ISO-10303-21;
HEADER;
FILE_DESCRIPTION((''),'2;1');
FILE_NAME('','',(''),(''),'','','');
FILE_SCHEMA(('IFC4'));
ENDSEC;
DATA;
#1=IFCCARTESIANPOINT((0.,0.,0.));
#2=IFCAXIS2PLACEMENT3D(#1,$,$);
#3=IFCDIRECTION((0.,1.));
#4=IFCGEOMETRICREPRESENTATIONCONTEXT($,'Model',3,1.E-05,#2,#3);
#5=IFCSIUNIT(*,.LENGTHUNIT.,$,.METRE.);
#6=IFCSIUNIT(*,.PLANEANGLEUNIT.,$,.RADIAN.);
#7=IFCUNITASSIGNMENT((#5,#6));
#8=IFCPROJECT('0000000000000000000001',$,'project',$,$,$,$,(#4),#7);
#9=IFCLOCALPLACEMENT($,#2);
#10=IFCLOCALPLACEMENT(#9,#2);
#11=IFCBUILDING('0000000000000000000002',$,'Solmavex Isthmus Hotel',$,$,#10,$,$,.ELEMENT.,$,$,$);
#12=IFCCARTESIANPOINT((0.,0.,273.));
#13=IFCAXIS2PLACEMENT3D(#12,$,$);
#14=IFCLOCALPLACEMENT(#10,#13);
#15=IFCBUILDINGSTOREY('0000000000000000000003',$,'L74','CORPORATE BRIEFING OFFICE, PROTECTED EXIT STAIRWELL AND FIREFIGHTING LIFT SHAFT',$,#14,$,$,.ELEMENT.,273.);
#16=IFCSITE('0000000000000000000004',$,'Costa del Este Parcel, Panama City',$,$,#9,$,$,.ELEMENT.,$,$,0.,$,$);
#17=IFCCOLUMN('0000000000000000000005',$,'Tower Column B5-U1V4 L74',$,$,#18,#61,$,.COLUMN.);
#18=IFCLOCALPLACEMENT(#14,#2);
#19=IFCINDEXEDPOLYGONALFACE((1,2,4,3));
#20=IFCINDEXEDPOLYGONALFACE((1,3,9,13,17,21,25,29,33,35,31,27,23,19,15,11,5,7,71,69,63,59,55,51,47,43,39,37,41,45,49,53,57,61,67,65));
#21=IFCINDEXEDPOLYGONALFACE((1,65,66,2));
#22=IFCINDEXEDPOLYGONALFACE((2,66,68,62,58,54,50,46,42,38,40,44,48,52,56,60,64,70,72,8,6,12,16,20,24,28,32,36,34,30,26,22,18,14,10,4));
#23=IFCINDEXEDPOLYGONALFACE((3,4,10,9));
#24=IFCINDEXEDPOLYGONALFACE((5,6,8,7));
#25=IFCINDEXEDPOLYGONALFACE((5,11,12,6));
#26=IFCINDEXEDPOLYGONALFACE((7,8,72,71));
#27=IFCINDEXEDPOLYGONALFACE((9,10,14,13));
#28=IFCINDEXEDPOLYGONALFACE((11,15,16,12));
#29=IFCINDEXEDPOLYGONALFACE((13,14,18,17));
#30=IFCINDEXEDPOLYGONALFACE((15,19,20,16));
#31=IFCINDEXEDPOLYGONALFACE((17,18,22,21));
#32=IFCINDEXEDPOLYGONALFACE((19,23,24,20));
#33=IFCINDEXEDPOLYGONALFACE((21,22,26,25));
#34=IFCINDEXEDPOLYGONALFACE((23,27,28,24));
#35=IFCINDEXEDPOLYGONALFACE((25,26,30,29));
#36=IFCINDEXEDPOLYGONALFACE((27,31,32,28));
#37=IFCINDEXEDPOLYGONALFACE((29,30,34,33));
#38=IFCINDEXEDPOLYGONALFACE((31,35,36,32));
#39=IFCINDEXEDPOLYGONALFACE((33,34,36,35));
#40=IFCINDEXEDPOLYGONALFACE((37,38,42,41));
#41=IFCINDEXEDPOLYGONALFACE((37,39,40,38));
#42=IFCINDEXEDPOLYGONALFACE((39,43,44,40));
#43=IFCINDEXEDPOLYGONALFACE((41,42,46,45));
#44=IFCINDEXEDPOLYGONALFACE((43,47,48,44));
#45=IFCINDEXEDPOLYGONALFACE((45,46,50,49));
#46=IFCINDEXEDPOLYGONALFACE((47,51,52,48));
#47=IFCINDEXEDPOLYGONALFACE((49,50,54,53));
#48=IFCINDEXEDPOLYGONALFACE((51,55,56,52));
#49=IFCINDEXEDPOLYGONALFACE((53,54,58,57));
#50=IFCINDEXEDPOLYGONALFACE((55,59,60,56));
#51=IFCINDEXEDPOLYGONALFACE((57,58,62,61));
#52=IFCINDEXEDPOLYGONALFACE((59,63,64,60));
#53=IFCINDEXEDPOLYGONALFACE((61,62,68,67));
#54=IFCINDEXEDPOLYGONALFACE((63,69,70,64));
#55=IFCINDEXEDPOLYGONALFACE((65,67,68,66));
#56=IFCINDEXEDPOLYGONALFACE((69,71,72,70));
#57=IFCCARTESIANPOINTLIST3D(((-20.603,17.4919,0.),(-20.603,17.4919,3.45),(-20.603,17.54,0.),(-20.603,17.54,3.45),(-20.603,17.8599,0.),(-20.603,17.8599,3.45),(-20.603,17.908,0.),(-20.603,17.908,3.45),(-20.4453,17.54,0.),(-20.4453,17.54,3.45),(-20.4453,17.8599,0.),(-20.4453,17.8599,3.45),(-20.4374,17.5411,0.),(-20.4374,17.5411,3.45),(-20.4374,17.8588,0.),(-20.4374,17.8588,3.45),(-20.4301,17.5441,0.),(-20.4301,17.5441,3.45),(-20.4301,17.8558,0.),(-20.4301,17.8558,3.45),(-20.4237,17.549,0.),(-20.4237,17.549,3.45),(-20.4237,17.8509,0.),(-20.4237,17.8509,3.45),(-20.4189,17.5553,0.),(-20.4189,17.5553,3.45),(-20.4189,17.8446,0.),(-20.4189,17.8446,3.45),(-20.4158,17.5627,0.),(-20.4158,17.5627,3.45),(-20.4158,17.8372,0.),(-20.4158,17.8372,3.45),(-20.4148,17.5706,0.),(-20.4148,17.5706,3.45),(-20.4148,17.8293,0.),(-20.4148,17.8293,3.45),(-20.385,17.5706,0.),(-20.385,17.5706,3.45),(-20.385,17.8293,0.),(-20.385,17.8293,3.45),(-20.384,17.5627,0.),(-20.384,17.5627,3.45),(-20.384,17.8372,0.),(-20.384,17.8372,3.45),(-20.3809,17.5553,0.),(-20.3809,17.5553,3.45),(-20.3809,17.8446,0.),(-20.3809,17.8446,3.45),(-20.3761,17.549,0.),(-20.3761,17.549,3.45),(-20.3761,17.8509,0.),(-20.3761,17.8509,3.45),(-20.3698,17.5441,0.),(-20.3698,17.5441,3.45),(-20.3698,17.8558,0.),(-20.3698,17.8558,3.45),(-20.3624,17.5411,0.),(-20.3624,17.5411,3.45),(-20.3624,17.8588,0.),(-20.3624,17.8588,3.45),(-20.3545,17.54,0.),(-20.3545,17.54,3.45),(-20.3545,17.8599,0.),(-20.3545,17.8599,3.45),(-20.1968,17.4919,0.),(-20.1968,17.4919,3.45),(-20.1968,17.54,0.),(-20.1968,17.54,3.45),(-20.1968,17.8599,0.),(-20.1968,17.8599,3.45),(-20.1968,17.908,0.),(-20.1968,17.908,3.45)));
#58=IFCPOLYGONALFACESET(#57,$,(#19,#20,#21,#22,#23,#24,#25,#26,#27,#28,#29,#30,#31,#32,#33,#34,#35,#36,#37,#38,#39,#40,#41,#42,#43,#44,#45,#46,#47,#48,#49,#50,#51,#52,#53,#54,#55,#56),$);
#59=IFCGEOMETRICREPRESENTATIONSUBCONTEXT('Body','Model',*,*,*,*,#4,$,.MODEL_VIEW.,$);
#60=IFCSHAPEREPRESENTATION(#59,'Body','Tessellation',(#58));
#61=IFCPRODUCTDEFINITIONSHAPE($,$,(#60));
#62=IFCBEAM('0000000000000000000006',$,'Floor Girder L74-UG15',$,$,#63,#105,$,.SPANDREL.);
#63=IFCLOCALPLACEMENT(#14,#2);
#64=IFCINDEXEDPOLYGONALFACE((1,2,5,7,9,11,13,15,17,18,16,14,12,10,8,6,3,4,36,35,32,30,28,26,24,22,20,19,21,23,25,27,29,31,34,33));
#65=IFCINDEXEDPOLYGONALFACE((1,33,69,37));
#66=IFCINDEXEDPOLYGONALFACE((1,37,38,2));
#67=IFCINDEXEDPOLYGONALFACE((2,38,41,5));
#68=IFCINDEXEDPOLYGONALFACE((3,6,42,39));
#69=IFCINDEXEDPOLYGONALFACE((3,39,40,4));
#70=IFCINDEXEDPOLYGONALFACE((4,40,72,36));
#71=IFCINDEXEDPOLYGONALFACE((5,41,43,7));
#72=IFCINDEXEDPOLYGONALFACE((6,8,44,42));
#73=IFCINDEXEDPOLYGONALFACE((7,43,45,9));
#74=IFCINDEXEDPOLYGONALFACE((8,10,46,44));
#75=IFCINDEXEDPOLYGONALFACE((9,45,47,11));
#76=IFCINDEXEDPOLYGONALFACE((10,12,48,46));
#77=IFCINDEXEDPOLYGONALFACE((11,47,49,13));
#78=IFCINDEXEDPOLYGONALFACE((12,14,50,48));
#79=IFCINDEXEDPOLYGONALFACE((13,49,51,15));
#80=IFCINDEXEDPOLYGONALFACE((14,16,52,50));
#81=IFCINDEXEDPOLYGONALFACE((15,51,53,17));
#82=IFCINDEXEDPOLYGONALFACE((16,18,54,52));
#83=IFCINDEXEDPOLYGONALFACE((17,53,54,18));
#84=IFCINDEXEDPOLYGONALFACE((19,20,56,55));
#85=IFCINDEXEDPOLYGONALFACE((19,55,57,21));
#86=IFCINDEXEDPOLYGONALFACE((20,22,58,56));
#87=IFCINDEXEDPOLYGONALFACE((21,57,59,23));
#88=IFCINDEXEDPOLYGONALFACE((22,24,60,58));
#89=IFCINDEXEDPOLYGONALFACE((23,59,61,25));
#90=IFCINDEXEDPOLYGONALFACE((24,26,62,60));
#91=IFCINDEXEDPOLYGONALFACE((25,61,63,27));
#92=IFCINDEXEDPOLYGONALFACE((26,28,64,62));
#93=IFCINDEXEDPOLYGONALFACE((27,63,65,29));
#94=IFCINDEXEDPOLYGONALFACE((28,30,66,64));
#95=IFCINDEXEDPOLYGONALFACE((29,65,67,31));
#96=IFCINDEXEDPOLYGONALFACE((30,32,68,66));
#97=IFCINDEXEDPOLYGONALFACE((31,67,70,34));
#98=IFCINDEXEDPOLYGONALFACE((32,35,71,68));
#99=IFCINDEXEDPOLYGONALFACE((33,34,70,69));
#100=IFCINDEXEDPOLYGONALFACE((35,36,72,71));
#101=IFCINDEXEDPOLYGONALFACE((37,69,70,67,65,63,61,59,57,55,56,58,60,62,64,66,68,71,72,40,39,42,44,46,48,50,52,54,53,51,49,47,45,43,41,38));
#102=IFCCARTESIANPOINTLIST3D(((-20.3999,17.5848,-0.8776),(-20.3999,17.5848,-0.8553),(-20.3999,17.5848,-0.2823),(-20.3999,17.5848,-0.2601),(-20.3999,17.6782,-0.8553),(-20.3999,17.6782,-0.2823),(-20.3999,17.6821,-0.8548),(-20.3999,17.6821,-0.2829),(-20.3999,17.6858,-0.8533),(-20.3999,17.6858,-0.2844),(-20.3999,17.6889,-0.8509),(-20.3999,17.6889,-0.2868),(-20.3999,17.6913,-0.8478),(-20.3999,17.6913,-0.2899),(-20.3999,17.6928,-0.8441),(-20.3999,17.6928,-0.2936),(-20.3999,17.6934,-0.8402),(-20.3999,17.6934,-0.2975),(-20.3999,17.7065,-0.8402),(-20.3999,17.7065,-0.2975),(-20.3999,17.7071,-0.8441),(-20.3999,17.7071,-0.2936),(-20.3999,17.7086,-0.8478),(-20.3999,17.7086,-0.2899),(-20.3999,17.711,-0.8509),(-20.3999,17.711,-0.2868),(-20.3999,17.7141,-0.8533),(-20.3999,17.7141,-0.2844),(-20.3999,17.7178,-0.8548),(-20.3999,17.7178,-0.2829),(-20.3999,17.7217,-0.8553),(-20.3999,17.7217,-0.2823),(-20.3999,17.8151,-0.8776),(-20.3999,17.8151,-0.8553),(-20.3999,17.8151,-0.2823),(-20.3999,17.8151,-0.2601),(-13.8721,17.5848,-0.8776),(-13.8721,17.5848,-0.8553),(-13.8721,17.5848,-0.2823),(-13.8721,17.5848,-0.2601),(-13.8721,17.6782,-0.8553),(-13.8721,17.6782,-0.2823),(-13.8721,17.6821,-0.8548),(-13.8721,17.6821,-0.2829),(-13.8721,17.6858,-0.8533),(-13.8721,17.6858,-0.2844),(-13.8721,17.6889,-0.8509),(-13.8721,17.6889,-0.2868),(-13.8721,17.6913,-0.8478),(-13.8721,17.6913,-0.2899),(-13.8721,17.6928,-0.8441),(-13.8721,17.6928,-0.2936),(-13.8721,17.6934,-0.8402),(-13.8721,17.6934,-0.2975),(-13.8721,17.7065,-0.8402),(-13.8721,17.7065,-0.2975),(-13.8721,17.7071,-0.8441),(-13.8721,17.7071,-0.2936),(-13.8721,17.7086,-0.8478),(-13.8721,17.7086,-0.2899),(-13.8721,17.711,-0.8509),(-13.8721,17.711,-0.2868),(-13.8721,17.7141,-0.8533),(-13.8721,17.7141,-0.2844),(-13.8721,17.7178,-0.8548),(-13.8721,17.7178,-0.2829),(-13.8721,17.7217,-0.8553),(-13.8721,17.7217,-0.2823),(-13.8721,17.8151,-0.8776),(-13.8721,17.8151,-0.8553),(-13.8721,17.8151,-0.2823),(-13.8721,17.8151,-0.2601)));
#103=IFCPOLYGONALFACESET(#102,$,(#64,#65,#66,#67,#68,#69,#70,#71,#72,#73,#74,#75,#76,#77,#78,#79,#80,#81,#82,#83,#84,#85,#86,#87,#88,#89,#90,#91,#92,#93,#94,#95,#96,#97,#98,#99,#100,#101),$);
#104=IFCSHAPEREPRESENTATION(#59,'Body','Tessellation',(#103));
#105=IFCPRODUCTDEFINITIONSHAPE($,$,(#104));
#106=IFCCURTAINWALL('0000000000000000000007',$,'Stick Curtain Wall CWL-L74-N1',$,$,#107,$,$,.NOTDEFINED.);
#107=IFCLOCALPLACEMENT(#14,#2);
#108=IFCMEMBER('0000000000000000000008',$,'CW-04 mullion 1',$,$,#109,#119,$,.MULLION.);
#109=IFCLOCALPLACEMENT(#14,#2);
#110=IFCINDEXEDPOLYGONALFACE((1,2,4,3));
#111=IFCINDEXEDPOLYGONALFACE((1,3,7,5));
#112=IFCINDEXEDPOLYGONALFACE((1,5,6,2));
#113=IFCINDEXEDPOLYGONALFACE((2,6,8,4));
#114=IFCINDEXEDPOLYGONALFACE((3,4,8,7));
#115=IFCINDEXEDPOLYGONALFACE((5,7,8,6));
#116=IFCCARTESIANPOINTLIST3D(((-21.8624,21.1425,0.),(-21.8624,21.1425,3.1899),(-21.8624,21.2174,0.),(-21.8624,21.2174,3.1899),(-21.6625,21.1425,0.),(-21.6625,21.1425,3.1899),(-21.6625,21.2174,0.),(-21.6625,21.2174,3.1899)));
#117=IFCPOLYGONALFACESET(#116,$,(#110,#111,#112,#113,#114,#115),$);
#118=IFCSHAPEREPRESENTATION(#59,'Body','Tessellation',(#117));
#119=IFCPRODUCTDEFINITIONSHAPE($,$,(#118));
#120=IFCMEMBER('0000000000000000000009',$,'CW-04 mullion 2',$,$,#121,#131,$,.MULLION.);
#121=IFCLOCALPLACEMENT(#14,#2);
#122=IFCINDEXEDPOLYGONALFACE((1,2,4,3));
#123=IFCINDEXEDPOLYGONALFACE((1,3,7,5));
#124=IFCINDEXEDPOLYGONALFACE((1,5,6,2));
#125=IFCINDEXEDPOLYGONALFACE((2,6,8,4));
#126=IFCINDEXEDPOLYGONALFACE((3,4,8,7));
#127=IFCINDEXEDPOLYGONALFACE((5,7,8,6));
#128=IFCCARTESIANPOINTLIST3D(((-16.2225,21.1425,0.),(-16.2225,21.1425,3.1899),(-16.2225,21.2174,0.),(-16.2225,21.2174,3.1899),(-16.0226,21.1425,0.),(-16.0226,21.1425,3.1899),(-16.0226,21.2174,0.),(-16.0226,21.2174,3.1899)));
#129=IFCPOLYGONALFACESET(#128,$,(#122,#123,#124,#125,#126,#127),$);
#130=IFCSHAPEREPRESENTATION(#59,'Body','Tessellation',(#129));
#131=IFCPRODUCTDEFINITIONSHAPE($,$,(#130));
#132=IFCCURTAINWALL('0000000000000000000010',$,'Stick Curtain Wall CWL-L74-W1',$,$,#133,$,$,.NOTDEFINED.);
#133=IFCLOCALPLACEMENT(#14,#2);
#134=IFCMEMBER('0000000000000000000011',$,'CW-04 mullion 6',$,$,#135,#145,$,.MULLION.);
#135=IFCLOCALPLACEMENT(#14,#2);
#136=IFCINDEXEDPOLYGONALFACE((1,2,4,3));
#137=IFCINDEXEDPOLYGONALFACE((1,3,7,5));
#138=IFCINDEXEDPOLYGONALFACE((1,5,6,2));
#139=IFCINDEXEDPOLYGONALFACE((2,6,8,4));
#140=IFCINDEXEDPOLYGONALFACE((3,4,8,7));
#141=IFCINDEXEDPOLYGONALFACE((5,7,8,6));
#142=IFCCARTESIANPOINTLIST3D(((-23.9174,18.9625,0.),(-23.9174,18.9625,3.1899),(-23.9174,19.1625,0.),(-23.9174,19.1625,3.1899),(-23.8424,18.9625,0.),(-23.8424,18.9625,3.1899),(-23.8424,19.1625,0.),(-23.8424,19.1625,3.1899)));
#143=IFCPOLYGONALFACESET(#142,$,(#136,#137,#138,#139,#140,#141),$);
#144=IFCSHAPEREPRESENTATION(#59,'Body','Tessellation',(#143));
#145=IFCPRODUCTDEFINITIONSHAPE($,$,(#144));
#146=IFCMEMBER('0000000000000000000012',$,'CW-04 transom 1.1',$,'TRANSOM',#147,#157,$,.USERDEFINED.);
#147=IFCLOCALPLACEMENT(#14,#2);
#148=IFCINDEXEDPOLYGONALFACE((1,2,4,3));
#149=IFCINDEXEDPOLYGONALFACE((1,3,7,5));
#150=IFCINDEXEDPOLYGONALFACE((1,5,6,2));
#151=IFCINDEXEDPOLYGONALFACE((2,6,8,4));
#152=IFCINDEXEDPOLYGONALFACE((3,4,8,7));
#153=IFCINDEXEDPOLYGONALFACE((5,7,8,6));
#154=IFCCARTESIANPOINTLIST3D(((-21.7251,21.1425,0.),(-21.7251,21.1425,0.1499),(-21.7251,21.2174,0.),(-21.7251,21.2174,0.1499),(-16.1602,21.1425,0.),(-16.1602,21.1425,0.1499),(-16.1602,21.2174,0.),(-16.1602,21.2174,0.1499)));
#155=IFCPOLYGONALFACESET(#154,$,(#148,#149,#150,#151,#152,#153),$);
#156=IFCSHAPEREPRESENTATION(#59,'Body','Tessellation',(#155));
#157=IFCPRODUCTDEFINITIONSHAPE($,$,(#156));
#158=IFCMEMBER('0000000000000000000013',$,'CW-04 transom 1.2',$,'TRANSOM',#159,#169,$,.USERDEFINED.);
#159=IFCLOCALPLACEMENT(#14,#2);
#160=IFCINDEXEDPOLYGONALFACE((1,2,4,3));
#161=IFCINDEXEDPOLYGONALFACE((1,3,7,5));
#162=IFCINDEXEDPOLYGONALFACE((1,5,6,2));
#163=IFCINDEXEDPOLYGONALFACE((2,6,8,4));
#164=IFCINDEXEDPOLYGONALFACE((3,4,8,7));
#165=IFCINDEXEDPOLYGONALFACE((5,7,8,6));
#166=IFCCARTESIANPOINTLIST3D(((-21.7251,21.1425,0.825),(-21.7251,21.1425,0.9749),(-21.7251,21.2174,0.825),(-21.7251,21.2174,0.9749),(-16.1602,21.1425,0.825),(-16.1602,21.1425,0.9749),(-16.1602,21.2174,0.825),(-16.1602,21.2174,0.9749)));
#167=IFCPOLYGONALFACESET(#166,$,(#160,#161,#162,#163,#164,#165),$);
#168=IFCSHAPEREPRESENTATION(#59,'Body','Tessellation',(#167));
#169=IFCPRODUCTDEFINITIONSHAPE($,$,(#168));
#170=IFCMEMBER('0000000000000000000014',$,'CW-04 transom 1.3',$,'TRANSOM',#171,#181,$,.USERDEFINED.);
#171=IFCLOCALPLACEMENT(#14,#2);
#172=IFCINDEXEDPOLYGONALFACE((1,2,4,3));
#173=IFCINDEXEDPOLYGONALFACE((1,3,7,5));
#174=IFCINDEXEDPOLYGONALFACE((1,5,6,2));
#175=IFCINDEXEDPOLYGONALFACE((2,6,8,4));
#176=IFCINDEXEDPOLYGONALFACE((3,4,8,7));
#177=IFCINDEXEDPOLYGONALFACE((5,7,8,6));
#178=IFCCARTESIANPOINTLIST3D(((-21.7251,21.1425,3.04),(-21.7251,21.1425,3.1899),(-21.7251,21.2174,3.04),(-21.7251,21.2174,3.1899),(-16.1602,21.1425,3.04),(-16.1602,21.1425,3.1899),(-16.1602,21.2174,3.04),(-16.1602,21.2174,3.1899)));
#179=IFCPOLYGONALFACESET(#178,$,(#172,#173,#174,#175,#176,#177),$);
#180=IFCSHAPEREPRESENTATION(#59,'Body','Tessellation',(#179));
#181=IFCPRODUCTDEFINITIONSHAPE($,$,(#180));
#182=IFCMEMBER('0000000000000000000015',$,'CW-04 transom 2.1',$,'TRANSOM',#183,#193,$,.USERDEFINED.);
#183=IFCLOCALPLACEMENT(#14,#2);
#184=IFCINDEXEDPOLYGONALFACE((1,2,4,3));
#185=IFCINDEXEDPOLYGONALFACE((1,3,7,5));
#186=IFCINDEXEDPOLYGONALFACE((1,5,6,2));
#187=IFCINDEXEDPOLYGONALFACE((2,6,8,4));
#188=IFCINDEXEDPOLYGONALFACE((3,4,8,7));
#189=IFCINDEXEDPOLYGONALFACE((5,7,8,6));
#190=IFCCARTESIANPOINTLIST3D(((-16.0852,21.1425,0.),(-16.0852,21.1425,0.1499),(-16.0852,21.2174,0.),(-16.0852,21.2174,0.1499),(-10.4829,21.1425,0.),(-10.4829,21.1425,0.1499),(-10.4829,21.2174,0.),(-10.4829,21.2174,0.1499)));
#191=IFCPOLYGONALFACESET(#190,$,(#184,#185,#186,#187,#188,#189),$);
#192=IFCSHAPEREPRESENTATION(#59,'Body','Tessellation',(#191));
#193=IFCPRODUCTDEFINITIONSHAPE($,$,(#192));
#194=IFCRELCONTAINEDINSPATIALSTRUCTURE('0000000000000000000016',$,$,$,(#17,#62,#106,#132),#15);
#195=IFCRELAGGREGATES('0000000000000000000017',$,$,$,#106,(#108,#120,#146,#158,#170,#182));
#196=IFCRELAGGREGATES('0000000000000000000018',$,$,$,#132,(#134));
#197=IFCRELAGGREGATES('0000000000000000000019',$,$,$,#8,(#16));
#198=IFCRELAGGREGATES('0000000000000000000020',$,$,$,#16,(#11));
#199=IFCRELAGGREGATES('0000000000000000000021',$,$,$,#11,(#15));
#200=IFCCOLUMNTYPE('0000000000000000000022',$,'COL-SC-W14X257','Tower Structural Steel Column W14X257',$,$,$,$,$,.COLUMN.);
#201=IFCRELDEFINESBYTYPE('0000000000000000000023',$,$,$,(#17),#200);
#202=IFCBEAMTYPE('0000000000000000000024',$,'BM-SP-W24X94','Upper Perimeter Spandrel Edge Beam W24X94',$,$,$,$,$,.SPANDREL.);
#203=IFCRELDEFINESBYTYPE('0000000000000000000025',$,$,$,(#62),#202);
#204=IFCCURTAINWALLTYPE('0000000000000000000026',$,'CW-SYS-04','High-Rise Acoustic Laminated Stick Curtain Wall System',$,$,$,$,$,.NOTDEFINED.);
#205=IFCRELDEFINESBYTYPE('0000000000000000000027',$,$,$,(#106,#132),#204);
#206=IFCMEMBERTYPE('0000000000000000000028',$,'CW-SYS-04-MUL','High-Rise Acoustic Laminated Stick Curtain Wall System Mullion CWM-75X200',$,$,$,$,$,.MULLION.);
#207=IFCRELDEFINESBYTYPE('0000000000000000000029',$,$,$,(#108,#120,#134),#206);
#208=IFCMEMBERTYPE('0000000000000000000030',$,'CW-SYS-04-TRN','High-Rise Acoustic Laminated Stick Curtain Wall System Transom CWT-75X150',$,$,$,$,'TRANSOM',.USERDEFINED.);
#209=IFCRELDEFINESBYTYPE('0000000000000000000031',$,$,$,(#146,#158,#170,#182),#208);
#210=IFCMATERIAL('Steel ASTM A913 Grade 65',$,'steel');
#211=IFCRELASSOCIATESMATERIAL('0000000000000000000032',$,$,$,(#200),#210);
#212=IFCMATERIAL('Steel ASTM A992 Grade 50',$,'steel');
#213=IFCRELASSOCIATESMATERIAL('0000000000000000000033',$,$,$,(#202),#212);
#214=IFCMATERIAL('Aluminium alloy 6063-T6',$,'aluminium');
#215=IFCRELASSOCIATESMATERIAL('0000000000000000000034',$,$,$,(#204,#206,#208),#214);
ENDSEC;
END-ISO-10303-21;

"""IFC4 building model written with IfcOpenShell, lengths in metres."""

from ifc_helpers import new_model, si_unit, direction, frame, origin, origin_2d, place, context, subcontext, project, spatial, rectangle, i_section, extrude, material, material_profile, profile_set, type_object, element, aggregate, save


model = new_model("IFC4")

# Units and contexts
model_context = context("Model", 3, precision=1e-05, world=origin(), true_north=direction((0.0, 1.0)))
body_context = subcontext(model_context, "Body", "Model", "MODEL_VIEW")
ifc_project = project(units=[si_unit("LENGTHUNIT", "METRE"), si_unit("PLANEANGLEUNIT", "RADIAN")], contexts=[model_context])

# Site, building, storey
site_placement = place(None, origin())
site = spatial("IfcSite", under=ifc_project, at=site_placement, Name="Costa del Este Parcel, Panama City", CompositionType="ELEMENT", RefElevation=0.0)
building_placement = place(site_placement, origin())
building = spatial("IfcBuilding", under=site, at=building_placement, Name="Solmavex Isthmus Hotel", CompositionType="ELEMENT")
storey_placement = place(building_placement, frame((0.0, 0.0, 273.0)))
storey = spatial("IfcBuildingStorey", under=building, at=storey_placement, Name="L74", Description="CORPORATE BRIEFING OFFICE, PROTECTED EXIT STAIRWELL AND FIREFIGHTING LIFT SHAFT", CompositionType="ELEMENT", Elevation=273.0)

# Column
ifc_material_1 = material(Name="Steel ASTM A913 Grade 65", Category="steel")
ifc_material_profile_1 = material_profile(ifc_material_1, i_section(OverallWidth=0.4062, OverallDepth=0.416, WebThickness=0.0298, FlangeThickness=0.0481, FilletRadius=0.0305, at=origin_2d()), Name="W14X257")
ifc_profile_set_1 = profile_set([ifc_material_profile_1], Name="Steel ASTM A913 Grade 65")
column_type = type_object("IfcColumnType", Name="COL-SC-W14X257", Description="Tower Structural Steel Column W14X257", PredefinedType="COLUMN", material=ifc_profile_set_1)
column_placement = place(storey_placement, frame((-20.3999, 17.7, 0.0), z_axis=(0.0, 0.0, 1.0), x_axis=(1.0, 0.0, 0.0)))
element("IfcColumn", 1, at=column_placement, inside=storey, type_object=column_type, Name="Tower Column B5-U1V4 L74", PredefinedType="COLUMN", context=body_context, shape_type="SweptSolid", body=[
    extrude(i_section(OverallWidth=0.4062, OverallDepth=0.416, WebThickness=0.0298, FlangeThickness=0.0481, FilletRadius=0.0305, at=origin_2d()), origin(), (0.0, 0.0, 1.0), 3.45),
])

# Beam
ifc_material_2 = material(Name="Steel ASTM A992 Grade 50", Category="steel")
ifc_material_profile_2 = material_profile(ifc_material_2, i_section(OverallWidth=0.2302, OverallDepth=0.6174, WebThickness=0.0132, FlangeThickness=0.0222, FilletRadius=0.0151, at=origin_2d()), Name="W24X94")
ifc_profile_set_2 = profile_set([ifc_material_profile_2], Name="Steel ASTM A992 Grade 50")
beam_type = type_object("IfcBeamType", Name="BM-SP-W24X94", Description="Upper Perimeter Spandrel Edge Beam W24X94", PredefinedType="SPANDREL", material=ifc_profile_set_2)
beam_placement = place(storey_placement, frame((-20.3999, 17.7, -0.5688), z_axis=(1.0, 0.0, 0.0), x_axis=(0.0, 1.0, 0.0)))
element("IfcBeam", 2, at=beam_placement, inside=storey, type_object=beam_type, Name="Floor Girder L74-UG15", PredefinedType="SPANDREL", context=body_context, shape_type="SweptSolid", body=[
    extrude(i_section(OverallWidth=0.2302, OverallDepth=0.6174, WebThickness=0.0132, FlangeThickness=0.0222, FilletRadius=0.0151, at=origin_2d()), origin(), (0.0, 0.0, 1.0), 6.5278),
])

# Curtain wall, members
ifc_material_3 = material(Name="Aluminium alloy 6063-T6", Category="aluminium")
curtain_wall_type = type_object("IfcCurtainWallType", Name="CW-SYS-04", Description="High-Rise Acoustic Laminated Stick Curtain Wall System", PredefinedType="NOTDEFINED", material=ifc_material_3)
curtain_wall_1_placement = place(storey_placement, origin())
curtain_wall_1 = element("IfcCurtainWall", 3, at=curtain_wall_1_placement, inside=storey, type_object=curtain_wall_type, Name="Stick Curtain Wall CWL-L74-N1", PredefinedType="NOTDEFINED")
ifc_material_profile_3 = material_profile(ifc_material_3, rectangle(XDim=0.075, YDim=0.2, at=origin_2d()), Name="CWM-75X200")
ifc_profile_set_3 = profile_set([ifc_material_profile_3], Name="Aluminium alloy 6063-T6")
member_type_1 = type_object("IfcMemberType", Name="CW-SYS-04-MUL", Description="High-Rise Acoustic Laminated Stick Curtain Wall System Mullion CWM-75X200", PredefinedType="MULLION", material=ifc_profile_set_3)
member_1_placement = place(storey_placement, frame((-21.7625, 21.1799, 0.0), z_axis=(0.0, 0.0, 1.0), x_axis=(0.0, 1.0, 0.0)))
member_1 = element("IfcMember", 4, at=member_1_placement, type_object=member_type_1, Name="CW-04 mullion 1", PredefinedType="MULLION", context=body_context, shape_type="SweptSolid", body=[
    extrude(rectangle(XDim=0.075, YDim=0.2, at=origin_2d()), origin(), (0.0, 0.0, 1.0), 3.1899),
])
member_2_placement = place(storey_placement, frame((-16.1226, 21.1799, 0.0), z_axis=(0.0, 0.0, 1.0), x_axis=(0.0, 1.0, 0.0)))
member_2 = element("IfcMember", 5, at=member_2_placement, type_object=member_type_1, Name="CW-04 mullion 2", PredefinedType="MULLION", context=body_context, shape_type="SweptSolid", body=[
    extrude(rectangle(XDim=0.075, YDim=0.2, at=origin_2d()), origin(), (0.0, 0.0, 1.0), 3.1899),
])

# Curtain wall, member
curtain_wall_2_placement = place(storey_placement, origin())
curtain_wall_2 = element("IfcCurtainWall", 6, at=curtain_wall_2_placement, inside=storey, type_object=curtain_wall_type, Name="Stick Curtain Wall CWL-L74-W1", PredefinedType="NOTDEFINED")
member_3_placement = place(storey_placement, frame((-23.8799, 19.0625, 0.0), z_axis=(0.0, 0.0, 1.0), x_axis=(-1.0, 0.0, 0.0)))
member_3 = element("IfcMember", 7, at=member_3_placement, type_object=member_type_1, Name="CW-04 mullion 6", PredefinedType="MULLION", context=body_context, shape_type="SweptSolid", body=[
    extrude(rectangle(XDim=0.075, YDim=0.2, at=origin_2d()), origin(), (0.0, 0.0, 1.0), 3.1899),
])

# Members
ifc_material_profile_4 = material_profile(ifc_material_3, rectangle(XDim=0.075, YDim=0.1499, at=origin_2d()), Name="CWT-75X150")
ifc_profile_set_4 = profile_set([ifc_material_profile_4], Name="Aluminium alloy 6063-T6")
member_type_2 = type_object("IfcMemberType", Name="CW-SYS-04-TRN", Description="High-Rise Acoustic Laminated Stick Curtain Wall System Transom CWT-75X150", ElementType="TRANSOM", PredefinedType="USERDEFINED", material=ifc_profile_set_4)
member_4_placement = place(storey_placement, frame((-21.7251, 21.1799, 0.075), z_axis=(1.0, 0.0, 0.0), x_axis=(0.0, 1.0, 0.0)))
member_4 = element("IfcMember", 8, at=member_4_placement, type_object=member_type_2, Name="CW-04 transom 1.1", ObjectType="TRANSOM", PredefinedType="USERDEFINED", context=body_context, shape_type="SweptSolid", body=[
    extrude(rectangle(XDim=0.075, YDim=0.1499, at=origin_2d()), origin(), (0.0, 0.0, 1.0), 5.5649),
])
member_5_placement = place(storey_placement, frame((-21.7251, 21.1799, 0.8999), z_axis=(1.0, 0.0, 0.0), x_axis=(0.0, 1.0, 0.0)))
member_5 = element("IfcMember", 9, at=member_5_placement, type_object=member_type_2, Name="CW-04 transom 1.2", ObjectType="TRANSOM", PredefinedType="USERDEFINED", context=body_context, shape_type="SweptSolid", body=[
    extrude(rectangle(XDim=0.075, YDim=0.1499, at=origin_2d()), origin(), (0.0, 0.0, 1.0), 5.5649),
])
member_6_placement = place(storey_placement, frame((-21.7251, 21.1799, 3.115), z_axis=(1.0, 0.0, 0.0), x_axis=(0.0, 1.0, 0.0)))
member_6 = element("IfcMember", 10, at=member_6_placement, type_object=member_type_2, Name="CW-04 transom 1.3", ObjectType="TRANSOM", PredefinedType="USERDEFINED", context=body_context, shape_type="SweptSolid", body=[
    extrude(rectangle(XDim=0.075, YDim=0.1499, at=origin_2d()), origin(), (0.0, 0.0, 1.0), 5.5649),
])
member_7_placement = place(storey_placement, frame((-16.0852, 21.1799, 0.075), z_axis=(1.0, 0.0, 0.0), x_axis=(0.0, 1.0, 0.0)))
member_7 = element("IfcMember", 11, at=member_7_placement, type_object=member_type_2, Name="CW-04 transom 2.1", ObjectType="TRANSOM", PredefinedType="USERDEFINED", context=body_context, shape_type="SweptSolid", body=[
    extrude(rectangle(XDim=0.075, YDim=0.1499, at=origin_2d()), origin(), (0.0, 0.0, 1.0), 5.6023),
])

aggregate(curtain_wall_1, [member_1, member_2, member_4, member_5, member_6, member_7])
aggregate(curtain_wall_2, [member_3])

save(model, "model.ifc")
